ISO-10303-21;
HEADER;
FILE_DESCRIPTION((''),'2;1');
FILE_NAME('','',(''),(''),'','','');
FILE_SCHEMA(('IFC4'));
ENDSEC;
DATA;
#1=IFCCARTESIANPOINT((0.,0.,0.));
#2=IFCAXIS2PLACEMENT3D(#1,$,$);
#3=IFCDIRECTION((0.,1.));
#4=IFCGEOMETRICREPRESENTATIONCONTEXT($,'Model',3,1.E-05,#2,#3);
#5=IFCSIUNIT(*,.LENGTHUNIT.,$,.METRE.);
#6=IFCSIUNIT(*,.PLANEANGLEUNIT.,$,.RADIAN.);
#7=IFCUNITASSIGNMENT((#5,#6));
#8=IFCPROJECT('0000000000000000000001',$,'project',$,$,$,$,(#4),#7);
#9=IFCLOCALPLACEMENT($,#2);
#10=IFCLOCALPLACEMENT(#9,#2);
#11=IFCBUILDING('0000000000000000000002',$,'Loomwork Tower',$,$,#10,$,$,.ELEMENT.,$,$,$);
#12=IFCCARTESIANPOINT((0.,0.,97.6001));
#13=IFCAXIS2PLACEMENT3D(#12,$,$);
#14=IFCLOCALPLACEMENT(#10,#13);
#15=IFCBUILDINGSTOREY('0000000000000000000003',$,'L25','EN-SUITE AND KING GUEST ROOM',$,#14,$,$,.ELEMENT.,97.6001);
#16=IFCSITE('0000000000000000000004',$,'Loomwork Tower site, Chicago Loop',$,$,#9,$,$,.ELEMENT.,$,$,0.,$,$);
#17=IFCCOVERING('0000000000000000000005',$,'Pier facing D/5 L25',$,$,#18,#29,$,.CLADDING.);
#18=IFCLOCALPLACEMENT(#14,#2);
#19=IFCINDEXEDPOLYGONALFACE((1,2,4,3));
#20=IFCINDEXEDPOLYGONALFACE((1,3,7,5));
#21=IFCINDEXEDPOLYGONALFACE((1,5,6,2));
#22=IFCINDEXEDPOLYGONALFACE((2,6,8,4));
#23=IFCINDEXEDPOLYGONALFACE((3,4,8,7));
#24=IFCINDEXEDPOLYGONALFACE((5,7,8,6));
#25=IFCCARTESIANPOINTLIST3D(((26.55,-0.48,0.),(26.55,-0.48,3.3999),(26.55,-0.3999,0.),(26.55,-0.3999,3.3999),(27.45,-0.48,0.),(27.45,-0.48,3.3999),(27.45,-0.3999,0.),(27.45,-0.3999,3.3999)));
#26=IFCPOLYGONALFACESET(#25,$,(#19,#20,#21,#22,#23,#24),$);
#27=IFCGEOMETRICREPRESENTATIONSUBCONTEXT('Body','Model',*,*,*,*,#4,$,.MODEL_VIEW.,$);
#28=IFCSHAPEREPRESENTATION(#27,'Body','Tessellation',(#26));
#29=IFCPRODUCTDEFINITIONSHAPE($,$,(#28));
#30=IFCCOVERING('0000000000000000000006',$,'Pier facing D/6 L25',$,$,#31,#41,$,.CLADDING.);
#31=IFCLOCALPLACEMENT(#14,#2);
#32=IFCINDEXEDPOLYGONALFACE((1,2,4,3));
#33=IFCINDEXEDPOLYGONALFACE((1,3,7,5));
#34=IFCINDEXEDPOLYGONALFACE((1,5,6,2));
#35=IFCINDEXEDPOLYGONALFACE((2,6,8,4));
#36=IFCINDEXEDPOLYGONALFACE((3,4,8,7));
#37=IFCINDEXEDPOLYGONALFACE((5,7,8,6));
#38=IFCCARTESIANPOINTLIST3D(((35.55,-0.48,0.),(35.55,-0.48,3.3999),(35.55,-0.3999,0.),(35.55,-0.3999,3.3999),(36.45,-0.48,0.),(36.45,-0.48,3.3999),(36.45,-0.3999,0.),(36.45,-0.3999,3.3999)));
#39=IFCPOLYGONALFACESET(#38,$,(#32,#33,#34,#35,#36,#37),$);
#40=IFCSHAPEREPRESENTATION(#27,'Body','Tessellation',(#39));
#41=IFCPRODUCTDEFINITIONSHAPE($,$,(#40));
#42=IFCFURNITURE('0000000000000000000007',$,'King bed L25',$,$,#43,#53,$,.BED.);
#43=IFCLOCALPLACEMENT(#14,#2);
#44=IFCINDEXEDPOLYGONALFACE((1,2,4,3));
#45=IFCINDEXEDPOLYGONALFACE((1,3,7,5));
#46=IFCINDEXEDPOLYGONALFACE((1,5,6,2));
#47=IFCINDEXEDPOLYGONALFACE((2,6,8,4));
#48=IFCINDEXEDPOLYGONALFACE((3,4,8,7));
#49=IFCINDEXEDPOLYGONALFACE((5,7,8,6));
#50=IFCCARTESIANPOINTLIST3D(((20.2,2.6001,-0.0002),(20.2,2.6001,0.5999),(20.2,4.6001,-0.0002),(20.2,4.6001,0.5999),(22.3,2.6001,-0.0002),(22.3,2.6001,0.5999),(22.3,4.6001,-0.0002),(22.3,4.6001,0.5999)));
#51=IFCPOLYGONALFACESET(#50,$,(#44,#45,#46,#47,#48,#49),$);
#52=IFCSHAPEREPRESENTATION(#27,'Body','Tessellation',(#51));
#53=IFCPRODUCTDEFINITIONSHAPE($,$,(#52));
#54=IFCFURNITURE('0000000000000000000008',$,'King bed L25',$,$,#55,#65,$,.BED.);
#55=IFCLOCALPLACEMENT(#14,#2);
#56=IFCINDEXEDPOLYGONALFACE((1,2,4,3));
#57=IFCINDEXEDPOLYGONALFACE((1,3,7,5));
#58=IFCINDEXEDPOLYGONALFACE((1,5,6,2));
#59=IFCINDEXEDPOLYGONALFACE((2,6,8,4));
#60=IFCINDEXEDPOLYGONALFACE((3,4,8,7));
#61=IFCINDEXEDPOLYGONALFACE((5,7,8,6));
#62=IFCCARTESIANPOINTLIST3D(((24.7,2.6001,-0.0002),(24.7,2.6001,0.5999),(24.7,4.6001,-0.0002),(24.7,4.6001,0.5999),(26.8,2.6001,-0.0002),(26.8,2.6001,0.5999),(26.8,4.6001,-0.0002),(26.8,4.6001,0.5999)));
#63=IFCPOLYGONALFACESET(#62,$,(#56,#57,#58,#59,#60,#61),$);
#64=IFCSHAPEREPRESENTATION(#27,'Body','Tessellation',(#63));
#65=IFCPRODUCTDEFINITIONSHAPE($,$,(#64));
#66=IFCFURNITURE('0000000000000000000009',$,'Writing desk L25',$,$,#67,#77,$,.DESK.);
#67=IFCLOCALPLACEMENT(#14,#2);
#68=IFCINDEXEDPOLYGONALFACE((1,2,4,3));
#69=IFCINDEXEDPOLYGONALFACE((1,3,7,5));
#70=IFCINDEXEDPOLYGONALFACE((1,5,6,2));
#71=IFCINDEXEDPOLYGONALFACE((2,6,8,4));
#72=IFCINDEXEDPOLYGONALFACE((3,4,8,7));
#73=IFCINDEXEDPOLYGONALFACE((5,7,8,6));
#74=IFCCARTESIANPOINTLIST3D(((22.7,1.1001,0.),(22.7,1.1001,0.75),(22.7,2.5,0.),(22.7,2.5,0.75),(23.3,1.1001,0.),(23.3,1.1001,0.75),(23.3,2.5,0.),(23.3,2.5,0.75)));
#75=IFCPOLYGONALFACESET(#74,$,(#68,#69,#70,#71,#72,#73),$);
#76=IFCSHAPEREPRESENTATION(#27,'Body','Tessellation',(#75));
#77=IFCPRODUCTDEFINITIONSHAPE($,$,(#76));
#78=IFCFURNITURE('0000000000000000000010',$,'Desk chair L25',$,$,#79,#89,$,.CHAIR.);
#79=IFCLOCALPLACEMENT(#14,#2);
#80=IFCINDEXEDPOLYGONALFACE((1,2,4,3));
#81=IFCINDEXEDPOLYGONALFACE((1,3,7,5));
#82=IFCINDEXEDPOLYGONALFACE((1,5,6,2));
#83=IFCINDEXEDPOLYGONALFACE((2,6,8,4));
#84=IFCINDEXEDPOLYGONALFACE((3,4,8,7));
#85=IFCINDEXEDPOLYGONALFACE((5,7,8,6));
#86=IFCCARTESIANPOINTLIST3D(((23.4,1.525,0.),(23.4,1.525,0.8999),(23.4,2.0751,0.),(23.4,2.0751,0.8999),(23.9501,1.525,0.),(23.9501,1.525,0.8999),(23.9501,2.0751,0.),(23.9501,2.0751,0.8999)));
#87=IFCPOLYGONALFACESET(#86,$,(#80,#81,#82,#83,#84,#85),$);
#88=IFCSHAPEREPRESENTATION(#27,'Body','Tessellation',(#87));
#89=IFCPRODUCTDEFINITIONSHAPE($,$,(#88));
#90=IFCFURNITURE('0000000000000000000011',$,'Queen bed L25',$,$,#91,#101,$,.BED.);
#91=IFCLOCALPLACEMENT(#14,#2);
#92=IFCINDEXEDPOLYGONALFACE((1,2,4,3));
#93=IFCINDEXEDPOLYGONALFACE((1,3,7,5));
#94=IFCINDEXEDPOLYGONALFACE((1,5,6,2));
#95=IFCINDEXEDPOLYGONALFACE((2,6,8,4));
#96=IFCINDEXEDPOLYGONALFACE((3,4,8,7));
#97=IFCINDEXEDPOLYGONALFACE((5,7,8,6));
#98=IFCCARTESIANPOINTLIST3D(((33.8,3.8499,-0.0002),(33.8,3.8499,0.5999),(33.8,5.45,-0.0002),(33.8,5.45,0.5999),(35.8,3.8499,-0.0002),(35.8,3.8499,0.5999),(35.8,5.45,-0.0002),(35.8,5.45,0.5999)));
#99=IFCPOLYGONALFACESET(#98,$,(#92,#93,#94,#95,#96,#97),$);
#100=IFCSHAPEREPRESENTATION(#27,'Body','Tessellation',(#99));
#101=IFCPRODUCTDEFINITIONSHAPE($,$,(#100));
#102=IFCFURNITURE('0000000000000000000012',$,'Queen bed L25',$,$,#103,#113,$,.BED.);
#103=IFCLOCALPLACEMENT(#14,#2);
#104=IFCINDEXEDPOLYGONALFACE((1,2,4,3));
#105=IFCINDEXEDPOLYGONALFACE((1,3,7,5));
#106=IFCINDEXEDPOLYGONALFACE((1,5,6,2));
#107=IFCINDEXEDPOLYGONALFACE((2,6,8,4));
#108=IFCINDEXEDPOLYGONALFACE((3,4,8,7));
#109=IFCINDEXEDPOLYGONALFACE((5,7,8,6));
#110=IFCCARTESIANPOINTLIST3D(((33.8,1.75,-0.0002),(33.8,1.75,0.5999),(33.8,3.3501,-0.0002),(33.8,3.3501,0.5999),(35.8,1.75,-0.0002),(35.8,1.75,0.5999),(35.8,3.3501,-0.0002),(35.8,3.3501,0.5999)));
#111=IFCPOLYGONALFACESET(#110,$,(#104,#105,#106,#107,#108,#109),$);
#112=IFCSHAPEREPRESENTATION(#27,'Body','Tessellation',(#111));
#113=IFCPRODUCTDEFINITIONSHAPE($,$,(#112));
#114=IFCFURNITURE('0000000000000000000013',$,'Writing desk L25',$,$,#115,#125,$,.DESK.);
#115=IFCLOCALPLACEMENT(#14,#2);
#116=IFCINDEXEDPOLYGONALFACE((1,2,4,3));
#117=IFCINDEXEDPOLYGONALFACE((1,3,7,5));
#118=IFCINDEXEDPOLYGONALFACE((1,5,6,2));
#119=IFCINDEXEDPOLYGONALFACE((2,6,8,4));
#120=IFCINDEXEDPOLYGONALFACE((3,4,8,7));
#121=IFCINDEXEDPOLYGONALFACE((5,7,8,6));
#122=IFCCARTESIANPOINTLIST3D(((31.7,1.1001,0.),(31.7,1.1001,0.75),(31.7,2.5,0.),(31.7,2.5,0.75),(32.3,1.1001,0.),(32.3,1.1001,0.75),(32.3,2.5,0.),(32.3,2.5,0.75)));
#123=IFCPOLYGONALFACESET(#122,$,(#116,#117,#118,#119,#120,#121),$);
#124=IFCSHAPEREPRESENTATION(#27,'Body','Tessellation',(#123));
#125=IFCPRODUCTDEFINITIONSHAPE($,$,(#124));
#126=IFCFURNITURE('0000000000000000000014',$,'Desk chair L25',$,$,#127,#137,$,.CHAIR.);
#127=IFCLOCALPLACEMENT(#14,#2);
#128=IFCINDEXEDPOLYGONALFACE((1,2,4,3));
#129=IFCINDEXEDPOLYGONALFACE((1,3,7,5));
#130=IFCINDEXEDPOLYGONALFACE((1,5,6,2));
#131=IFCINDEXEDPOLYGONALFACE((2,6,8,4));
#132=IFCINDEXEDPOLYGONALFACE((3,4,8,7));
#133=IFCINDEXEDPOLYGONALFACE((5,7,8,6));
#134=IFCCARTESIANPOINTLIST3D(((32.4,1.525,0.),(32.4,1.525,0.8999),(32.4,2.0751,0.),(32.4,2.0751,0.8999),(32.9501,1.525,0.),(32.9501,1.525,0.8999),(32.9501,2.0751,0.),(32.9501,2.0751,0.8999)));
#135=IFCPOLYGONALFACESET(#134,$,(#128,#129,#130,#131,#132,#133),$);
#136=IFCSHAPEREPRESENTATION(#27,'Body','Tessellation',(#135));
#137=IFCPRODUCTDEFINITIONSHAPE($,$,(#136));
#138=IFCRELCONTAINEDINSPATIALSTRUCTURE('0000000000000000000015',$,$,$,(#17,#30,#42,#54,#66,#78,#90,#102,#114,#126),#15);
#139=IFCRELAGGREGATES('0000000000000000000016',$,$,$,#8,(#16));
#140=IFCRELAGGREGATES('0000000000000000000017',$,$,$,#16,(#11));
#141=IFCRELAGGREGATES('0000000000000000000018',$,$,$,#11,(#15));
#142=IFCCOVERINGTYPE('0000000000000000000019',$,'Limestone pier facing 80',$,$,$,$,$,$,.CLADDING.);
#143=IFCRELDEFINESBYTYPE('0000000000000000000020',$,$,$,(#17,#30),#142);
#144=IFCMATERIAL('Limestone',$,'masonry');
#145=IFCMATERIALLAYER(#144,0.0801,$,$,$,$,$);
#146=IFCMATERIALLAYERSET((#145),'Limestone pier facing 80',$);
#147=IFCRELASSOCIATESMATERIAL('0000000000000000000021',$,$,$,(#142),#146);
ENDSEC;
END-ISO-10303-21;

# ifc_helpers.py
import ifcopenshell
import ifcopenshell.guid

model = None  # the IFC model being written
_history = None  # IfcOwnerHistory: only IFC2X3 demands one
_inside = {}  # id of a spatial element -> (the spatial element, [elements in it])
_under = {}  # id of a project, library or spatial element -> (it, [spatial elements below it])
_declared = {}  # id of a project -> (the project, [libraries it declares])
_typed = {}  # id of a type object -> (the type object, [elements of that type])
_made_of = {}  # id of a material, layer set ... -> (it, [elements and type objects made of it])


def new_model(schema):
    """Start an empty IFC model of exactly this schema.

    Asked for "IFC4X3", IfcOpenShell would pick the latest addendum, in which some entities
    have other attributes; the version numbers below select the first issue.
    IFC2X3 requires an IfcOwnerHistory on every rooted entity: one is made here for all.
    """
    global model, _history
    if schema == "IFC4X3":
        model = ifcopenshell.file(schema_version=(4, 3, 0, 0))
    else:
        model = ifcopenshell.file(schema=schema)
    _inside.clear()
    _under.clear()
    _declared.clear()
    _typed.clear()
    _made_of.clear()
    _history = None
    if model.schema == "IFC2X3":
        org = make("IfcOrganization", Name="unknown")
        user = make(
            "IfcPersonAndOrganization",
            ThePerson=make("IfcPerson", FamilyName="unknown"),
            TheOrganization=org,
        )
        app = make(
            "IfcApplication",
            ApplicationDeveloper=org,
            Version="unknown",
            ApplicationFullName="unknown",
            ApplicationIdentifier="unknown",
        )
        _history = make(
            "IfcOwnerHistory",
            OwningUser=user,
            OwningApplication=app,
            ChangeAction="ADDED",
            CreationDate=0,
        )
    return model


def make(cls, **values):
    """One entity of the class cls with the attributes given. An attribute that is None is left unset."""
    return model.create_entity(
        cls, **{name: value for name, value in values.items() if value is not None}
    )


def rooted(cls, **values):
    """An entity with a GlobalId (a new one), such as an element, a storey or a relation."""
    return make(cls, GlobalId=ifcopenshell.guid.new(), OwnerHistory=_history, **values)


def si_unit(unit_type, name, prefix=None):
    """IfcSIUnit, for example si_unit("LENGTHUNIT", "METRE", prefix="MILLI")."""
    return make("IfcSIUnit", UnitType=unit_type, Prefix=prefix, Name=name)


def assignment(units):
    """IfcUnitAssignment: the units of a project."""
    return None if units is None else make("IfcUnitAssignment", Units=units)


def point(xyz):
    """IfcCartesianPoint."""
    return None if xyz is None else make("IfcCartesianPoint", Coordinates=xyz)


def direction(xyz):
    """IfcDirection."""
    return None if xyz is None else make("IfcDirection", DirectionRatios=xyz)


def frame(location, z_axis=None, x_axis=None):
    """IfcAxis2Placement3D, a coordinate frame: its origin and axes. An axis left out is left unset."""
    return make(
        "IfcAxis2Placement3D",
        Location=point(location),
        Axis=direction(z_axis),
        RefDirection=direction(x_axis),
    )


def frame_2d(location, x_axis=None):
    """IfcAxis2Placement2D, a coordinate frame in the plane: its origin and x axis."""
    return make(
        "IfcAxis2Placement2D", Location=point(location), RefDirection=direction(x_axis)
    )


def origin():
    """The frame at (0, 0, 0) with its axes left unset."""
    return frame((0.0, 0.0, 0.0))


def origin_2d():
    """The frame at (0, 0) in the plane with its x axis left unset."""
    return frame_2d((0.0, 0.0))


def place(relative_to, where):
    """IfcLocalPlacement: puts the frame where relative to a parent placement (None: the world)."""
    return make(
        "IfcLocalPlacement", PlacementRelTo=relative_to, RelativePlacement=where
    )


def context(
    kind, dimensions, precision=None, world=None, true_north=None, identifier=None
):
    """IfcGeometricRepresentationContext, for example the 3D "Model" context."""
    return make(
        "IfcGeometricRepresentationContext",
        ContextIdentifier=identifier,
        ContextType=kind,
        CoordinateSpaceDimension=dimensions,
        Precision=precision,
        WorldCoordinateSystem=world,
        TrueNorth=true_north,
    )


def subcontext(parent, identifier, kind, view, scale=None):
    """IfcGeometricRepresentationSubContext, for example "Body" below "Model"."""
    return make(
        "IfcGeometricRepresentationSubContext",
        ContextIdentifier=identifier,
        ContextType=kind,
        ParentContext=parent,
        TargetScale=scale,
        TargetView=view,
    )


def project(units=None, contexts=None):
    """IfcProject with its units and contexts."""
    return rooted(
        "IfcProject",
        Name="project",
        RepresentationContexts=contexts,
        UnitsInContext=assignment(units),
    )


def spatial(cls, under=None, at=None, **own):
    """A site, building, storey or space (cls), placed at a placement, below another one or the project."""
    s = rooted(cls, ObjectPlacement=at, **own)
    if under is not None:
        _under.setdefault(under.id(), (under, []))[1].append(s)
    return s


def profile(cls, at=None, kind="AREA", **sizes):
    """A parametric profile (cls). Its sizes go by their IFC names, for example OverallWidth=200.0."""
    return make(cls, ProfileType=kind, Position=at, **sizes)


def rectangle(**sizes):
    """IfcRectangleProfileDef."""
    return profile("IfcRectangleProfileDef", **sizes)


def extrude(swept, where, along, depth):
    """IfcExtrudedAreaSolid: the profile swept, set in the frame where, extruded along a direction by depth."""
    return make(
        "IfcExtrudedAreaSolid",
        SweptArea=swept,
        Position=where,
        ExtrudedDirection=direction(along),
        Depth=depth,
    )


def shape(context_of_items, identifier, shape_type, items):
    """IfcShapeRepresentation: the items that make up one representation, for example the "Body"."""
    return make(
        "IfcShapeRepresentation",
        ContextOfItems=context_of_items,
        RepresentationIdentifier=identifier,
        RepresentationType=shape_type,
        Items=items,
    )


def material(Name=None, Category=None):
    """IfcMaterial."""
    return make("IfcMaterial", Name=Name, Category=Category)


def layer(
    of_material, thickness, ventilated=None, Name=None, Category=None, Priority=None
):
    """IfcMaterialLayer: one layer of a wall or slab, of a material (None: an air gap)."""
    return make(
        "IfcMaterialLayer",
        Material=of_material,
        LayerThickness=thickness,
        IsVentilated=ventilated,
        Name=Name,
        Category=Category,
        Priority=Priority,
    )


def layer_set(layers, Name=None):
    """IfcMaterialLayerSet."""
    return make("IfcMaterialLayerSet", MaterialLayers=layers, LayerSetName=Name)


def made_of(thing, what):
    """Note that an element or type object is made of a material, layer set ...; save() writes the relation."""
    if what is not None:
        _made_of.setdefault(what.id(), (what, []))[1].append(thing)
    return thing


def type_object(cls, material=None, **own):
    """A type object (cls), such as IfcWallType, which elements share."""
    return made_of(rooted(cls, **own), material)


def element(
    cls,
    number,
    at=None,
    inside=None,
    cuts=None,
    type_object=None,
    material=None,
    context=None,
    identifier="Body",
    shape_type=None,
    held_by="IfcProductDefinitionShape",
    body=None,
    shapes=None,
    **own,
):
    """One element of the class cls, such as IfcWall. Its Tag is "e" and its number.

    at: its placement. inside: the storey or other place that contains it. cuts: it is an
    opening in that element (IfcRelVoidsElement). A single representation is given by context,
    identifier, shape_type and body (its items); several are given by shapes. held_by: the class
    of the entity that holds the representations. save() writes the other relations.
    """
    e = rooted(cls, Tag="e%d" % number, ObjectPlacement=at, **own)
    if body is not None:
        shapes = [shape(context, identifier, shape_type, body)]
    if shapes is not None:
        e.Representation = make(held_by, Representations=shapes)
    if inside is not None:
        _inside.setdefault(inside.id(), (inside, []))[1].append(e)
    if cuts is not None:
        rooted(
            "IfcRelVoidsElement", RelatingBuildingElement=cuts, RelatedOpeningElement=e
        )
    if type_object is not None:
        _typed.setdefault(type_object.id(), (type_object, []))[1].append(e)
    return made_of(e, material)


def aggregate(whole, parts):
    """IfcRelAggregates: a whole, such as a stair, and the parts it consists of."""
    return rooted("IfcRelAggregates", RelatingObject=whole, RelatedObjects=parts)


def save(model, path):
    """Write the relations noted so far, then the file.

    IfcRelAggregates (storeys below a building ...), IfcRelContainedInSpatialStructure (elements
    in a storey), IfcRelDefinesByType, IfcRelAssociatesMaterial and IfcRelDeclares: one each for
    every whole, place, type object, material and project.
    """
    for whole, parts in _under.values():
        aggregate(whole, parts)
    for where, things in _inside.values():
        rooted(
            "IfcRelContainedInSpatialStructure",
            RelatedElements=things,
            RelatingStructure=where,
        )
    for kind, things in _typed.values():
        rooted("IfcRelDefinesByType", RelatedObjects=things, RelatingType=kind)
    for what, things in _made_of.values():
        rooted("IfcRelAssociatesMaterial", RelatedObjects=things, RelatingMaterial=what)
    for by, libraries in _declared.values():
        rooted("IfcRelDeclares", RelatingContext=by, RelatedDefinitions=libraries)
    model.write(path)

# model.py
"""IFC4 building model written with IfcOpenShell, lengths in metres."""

from ifc_helpers import new_model, si_unit, direction, frame, origin, origin_2d, place, context, subcontext, project, spatial, rectangle, extrude, material, layer, layer_set, type_object, element, save


model = new_model("IFC4")

# Units and contexts
model_context = context("Model", 3, precision=1e-05, world=origin(), true_north=direction((0.0, 1.0)))
body_context = subcontext(model_context, "Body", "Model", "MODEL_VIEW")
ifc_project = project(units=[si_unit("LENGTHUNIT", "METRE"), si_unit("PLANEANGLEUNIT", "RADIAN")], contexts=[model_context])

# Site, building, storey
site_placement = place(None, origin())
site = spatial("IfcSite", under=ifc_project, at=site_placement, Name="Loomwork Tower site, Chicago Loop", CompositionType="ELEMENT", RefElevation=0.0)
building_placement = place(site_placement, origin())
building = spatial("IfcBuilding", under=site, at=building_placement, Name="Loomwork Tower", CompositionType="ELEMENT")
storey_placement = place(building_placement, frame((0.0, 0.0, 97.6001)))
storey = spatial("IfcBuildingStorey", under=building, at=storey_placement, Name="L25", Description="EN-SUITE AND KING GUEST ROOM", CompositionType="ELEMENT", Elevation=97.6001)

# Coverings
ifc_material_1 = material(Name="Limestone", Category="masonry")
ifc_layer_1 = layer(ifc_material_1, 0.0801)
ifc_layer_set_1 = layer_set([ifc_layer_1], Name="Limestone pier facing 80")
covering_type = type_object("IfcCoveringType", Name="Limestone pier facing 80", PredefinedType="CLADDING", material=ifc_layer_set_1)
for number, where, z_axis, x_axis, name in (
    (1, (27.0, -0.4399, 0.0), (0.0, 0.0, 1.0), (1.0, 0.0, 0.0), "Pier facing D/5 L25"),
    (2, (36.0, -0.4399, 0.0), (0.0, 0.0, 1.0), (1.0, 0.0, 0.0), "Pier facing D/6 L25"),
):
    element("IfcCovering", number, at=place(storey_placement, frame(where, z_axis=z_axis, x_axis=x_axis)), inside=storey, type_object=covering_type, Name=name, PredefinedType="CLADDING", context=body_context, shape_type="SweptSolid", body=[
        extrude(rectangle(XDim=0.8999, YDim=0.0801, at=origin_2d()), origin(), (0.0, 0.0, 1.0), 3.3999),
    ])

# Furniture
for number, where, z_axis, x_axis, name in (
    (3, (21.25, 3.6001, -0.0002), (0.0, 0.0, 1.0), (1.0, 0.0, 0.0), "King bed L25"),
    (4, (25.75, 3.6001, -0.0002), (0.0, 0.0, 1.0), (1.0, 0.0, 0.0), "King bed L25"),
):
    element("IfcFurniture", number, at=place(storey_placement, frame(where, z_axis=z_axis, x_axis=x_axis)), inside=storey, Name=name, PredefinedType="BED", context=body_context, shape_type="SweptSolid", body=[
        extrude(rectangle(XDim=2.1001, YDim=2.0, at=origin_2d()), origin(), (0.0, 0.0, 1.0), 0.6001),
    ])
furniture_1_placement = place(storey_placement, frame((23.0, 1.8, 0.0), z_axis=(0.0, 0.0, 1.0), x_axis=(1.0, 0.0, 0.0)))
element("IfcFurniture", 5, at=furniture_1_placement, inside=storey, Name="Writing desk L25", PredefinedType="DESK", context=body_context, shape_type="SweptSolid", body=[
    extrude(rectangle(XDim=0.6001, YDim=1.3999, at=origin_2d()), origin(), (0.0, 0.0, 1.0), 0.75),
])
furniture_2_placement = place(storey_placement, frame((23.675, 1.8, 0.0), z_axis=(0.0, 0.0, 1.0), x_axis=(1.0, 0.0, 0.0)))
element("IfcFurniture", 6, at=furniture_2_placement, inside=storey, Name="Desk chair L25", PredefinedType="CHAIR", context=body_context, shape_type="SweptSolid", body=[
    extrude(rectangle(XDim=0.55, YDim=0.55, at=origin_2d()), origin(), (0.0, 0.0, 1.0), 0.8999),
])
for number, where, z_axis, x_axis, name in (
    (7, (34.8, 4.6499, -0.0002), (0.0, 0.0, 1.0), (1.0, 0.0, 0.0), "Queen bed L25"),
    (8, (34.8, 2.55, -0.0002), (0.0, 0.0, 1.0), (1.0, 0.0, 0.0), "Queen bed L25"),
):
    element("IfcFurniture", number, at=place(storey_placement, frame(where, z_axis=z_axis, x_axis=x_axis)), inside=storey, Name=name, PredefinedType="BED", context=body_context, shape_type="SweptSolid", body=[
        extrude(rectangle(XDim=2.0, YDim=1.6001, at=origin_2d()), origin(), (0.0, 0.0, 1.0), 0.6001),
    ])
furniture_3_placement = place(storey_placement, frame((32.0, 1.8, 0.0), z_axis=(0.0, 0.0, 1.0), x_axis=(1.0, 0.0, 0.0)))
element("IfcFurniture", 9, at=furniture_3_placement, inside=storey, Name="Writing desk L25", PredefinedType="DESK", context=body_context, shape_type="SweptSolid", body=[
    extrude(rectangle(XDim=0.6001, YDim=1.3999, at=origin_2d()), origin(), (0.0, 0.0, 1.0), 0.75),
])
furniture_4_placement = place(storey_placement, frame((32.675, 1.8, 0.0), z_axis=(0.0, 0.0, 1.0), x_axis=(1.0, 0.0, 0.0)))
element("IfcFurniture", 10, at=furniture_4_placement, inside=storey, Name="Desk chair L25", PredefinedType="CHAIR", context=body_context, shape_type="SweptSolid", body=[
    extrude(rectangle(XDim=0.55, YDim=0.55, at=origin_2d()), origin(), (0.0, 0.0, 1.0), 0.8999),
])

save(model, "model.ifc")
